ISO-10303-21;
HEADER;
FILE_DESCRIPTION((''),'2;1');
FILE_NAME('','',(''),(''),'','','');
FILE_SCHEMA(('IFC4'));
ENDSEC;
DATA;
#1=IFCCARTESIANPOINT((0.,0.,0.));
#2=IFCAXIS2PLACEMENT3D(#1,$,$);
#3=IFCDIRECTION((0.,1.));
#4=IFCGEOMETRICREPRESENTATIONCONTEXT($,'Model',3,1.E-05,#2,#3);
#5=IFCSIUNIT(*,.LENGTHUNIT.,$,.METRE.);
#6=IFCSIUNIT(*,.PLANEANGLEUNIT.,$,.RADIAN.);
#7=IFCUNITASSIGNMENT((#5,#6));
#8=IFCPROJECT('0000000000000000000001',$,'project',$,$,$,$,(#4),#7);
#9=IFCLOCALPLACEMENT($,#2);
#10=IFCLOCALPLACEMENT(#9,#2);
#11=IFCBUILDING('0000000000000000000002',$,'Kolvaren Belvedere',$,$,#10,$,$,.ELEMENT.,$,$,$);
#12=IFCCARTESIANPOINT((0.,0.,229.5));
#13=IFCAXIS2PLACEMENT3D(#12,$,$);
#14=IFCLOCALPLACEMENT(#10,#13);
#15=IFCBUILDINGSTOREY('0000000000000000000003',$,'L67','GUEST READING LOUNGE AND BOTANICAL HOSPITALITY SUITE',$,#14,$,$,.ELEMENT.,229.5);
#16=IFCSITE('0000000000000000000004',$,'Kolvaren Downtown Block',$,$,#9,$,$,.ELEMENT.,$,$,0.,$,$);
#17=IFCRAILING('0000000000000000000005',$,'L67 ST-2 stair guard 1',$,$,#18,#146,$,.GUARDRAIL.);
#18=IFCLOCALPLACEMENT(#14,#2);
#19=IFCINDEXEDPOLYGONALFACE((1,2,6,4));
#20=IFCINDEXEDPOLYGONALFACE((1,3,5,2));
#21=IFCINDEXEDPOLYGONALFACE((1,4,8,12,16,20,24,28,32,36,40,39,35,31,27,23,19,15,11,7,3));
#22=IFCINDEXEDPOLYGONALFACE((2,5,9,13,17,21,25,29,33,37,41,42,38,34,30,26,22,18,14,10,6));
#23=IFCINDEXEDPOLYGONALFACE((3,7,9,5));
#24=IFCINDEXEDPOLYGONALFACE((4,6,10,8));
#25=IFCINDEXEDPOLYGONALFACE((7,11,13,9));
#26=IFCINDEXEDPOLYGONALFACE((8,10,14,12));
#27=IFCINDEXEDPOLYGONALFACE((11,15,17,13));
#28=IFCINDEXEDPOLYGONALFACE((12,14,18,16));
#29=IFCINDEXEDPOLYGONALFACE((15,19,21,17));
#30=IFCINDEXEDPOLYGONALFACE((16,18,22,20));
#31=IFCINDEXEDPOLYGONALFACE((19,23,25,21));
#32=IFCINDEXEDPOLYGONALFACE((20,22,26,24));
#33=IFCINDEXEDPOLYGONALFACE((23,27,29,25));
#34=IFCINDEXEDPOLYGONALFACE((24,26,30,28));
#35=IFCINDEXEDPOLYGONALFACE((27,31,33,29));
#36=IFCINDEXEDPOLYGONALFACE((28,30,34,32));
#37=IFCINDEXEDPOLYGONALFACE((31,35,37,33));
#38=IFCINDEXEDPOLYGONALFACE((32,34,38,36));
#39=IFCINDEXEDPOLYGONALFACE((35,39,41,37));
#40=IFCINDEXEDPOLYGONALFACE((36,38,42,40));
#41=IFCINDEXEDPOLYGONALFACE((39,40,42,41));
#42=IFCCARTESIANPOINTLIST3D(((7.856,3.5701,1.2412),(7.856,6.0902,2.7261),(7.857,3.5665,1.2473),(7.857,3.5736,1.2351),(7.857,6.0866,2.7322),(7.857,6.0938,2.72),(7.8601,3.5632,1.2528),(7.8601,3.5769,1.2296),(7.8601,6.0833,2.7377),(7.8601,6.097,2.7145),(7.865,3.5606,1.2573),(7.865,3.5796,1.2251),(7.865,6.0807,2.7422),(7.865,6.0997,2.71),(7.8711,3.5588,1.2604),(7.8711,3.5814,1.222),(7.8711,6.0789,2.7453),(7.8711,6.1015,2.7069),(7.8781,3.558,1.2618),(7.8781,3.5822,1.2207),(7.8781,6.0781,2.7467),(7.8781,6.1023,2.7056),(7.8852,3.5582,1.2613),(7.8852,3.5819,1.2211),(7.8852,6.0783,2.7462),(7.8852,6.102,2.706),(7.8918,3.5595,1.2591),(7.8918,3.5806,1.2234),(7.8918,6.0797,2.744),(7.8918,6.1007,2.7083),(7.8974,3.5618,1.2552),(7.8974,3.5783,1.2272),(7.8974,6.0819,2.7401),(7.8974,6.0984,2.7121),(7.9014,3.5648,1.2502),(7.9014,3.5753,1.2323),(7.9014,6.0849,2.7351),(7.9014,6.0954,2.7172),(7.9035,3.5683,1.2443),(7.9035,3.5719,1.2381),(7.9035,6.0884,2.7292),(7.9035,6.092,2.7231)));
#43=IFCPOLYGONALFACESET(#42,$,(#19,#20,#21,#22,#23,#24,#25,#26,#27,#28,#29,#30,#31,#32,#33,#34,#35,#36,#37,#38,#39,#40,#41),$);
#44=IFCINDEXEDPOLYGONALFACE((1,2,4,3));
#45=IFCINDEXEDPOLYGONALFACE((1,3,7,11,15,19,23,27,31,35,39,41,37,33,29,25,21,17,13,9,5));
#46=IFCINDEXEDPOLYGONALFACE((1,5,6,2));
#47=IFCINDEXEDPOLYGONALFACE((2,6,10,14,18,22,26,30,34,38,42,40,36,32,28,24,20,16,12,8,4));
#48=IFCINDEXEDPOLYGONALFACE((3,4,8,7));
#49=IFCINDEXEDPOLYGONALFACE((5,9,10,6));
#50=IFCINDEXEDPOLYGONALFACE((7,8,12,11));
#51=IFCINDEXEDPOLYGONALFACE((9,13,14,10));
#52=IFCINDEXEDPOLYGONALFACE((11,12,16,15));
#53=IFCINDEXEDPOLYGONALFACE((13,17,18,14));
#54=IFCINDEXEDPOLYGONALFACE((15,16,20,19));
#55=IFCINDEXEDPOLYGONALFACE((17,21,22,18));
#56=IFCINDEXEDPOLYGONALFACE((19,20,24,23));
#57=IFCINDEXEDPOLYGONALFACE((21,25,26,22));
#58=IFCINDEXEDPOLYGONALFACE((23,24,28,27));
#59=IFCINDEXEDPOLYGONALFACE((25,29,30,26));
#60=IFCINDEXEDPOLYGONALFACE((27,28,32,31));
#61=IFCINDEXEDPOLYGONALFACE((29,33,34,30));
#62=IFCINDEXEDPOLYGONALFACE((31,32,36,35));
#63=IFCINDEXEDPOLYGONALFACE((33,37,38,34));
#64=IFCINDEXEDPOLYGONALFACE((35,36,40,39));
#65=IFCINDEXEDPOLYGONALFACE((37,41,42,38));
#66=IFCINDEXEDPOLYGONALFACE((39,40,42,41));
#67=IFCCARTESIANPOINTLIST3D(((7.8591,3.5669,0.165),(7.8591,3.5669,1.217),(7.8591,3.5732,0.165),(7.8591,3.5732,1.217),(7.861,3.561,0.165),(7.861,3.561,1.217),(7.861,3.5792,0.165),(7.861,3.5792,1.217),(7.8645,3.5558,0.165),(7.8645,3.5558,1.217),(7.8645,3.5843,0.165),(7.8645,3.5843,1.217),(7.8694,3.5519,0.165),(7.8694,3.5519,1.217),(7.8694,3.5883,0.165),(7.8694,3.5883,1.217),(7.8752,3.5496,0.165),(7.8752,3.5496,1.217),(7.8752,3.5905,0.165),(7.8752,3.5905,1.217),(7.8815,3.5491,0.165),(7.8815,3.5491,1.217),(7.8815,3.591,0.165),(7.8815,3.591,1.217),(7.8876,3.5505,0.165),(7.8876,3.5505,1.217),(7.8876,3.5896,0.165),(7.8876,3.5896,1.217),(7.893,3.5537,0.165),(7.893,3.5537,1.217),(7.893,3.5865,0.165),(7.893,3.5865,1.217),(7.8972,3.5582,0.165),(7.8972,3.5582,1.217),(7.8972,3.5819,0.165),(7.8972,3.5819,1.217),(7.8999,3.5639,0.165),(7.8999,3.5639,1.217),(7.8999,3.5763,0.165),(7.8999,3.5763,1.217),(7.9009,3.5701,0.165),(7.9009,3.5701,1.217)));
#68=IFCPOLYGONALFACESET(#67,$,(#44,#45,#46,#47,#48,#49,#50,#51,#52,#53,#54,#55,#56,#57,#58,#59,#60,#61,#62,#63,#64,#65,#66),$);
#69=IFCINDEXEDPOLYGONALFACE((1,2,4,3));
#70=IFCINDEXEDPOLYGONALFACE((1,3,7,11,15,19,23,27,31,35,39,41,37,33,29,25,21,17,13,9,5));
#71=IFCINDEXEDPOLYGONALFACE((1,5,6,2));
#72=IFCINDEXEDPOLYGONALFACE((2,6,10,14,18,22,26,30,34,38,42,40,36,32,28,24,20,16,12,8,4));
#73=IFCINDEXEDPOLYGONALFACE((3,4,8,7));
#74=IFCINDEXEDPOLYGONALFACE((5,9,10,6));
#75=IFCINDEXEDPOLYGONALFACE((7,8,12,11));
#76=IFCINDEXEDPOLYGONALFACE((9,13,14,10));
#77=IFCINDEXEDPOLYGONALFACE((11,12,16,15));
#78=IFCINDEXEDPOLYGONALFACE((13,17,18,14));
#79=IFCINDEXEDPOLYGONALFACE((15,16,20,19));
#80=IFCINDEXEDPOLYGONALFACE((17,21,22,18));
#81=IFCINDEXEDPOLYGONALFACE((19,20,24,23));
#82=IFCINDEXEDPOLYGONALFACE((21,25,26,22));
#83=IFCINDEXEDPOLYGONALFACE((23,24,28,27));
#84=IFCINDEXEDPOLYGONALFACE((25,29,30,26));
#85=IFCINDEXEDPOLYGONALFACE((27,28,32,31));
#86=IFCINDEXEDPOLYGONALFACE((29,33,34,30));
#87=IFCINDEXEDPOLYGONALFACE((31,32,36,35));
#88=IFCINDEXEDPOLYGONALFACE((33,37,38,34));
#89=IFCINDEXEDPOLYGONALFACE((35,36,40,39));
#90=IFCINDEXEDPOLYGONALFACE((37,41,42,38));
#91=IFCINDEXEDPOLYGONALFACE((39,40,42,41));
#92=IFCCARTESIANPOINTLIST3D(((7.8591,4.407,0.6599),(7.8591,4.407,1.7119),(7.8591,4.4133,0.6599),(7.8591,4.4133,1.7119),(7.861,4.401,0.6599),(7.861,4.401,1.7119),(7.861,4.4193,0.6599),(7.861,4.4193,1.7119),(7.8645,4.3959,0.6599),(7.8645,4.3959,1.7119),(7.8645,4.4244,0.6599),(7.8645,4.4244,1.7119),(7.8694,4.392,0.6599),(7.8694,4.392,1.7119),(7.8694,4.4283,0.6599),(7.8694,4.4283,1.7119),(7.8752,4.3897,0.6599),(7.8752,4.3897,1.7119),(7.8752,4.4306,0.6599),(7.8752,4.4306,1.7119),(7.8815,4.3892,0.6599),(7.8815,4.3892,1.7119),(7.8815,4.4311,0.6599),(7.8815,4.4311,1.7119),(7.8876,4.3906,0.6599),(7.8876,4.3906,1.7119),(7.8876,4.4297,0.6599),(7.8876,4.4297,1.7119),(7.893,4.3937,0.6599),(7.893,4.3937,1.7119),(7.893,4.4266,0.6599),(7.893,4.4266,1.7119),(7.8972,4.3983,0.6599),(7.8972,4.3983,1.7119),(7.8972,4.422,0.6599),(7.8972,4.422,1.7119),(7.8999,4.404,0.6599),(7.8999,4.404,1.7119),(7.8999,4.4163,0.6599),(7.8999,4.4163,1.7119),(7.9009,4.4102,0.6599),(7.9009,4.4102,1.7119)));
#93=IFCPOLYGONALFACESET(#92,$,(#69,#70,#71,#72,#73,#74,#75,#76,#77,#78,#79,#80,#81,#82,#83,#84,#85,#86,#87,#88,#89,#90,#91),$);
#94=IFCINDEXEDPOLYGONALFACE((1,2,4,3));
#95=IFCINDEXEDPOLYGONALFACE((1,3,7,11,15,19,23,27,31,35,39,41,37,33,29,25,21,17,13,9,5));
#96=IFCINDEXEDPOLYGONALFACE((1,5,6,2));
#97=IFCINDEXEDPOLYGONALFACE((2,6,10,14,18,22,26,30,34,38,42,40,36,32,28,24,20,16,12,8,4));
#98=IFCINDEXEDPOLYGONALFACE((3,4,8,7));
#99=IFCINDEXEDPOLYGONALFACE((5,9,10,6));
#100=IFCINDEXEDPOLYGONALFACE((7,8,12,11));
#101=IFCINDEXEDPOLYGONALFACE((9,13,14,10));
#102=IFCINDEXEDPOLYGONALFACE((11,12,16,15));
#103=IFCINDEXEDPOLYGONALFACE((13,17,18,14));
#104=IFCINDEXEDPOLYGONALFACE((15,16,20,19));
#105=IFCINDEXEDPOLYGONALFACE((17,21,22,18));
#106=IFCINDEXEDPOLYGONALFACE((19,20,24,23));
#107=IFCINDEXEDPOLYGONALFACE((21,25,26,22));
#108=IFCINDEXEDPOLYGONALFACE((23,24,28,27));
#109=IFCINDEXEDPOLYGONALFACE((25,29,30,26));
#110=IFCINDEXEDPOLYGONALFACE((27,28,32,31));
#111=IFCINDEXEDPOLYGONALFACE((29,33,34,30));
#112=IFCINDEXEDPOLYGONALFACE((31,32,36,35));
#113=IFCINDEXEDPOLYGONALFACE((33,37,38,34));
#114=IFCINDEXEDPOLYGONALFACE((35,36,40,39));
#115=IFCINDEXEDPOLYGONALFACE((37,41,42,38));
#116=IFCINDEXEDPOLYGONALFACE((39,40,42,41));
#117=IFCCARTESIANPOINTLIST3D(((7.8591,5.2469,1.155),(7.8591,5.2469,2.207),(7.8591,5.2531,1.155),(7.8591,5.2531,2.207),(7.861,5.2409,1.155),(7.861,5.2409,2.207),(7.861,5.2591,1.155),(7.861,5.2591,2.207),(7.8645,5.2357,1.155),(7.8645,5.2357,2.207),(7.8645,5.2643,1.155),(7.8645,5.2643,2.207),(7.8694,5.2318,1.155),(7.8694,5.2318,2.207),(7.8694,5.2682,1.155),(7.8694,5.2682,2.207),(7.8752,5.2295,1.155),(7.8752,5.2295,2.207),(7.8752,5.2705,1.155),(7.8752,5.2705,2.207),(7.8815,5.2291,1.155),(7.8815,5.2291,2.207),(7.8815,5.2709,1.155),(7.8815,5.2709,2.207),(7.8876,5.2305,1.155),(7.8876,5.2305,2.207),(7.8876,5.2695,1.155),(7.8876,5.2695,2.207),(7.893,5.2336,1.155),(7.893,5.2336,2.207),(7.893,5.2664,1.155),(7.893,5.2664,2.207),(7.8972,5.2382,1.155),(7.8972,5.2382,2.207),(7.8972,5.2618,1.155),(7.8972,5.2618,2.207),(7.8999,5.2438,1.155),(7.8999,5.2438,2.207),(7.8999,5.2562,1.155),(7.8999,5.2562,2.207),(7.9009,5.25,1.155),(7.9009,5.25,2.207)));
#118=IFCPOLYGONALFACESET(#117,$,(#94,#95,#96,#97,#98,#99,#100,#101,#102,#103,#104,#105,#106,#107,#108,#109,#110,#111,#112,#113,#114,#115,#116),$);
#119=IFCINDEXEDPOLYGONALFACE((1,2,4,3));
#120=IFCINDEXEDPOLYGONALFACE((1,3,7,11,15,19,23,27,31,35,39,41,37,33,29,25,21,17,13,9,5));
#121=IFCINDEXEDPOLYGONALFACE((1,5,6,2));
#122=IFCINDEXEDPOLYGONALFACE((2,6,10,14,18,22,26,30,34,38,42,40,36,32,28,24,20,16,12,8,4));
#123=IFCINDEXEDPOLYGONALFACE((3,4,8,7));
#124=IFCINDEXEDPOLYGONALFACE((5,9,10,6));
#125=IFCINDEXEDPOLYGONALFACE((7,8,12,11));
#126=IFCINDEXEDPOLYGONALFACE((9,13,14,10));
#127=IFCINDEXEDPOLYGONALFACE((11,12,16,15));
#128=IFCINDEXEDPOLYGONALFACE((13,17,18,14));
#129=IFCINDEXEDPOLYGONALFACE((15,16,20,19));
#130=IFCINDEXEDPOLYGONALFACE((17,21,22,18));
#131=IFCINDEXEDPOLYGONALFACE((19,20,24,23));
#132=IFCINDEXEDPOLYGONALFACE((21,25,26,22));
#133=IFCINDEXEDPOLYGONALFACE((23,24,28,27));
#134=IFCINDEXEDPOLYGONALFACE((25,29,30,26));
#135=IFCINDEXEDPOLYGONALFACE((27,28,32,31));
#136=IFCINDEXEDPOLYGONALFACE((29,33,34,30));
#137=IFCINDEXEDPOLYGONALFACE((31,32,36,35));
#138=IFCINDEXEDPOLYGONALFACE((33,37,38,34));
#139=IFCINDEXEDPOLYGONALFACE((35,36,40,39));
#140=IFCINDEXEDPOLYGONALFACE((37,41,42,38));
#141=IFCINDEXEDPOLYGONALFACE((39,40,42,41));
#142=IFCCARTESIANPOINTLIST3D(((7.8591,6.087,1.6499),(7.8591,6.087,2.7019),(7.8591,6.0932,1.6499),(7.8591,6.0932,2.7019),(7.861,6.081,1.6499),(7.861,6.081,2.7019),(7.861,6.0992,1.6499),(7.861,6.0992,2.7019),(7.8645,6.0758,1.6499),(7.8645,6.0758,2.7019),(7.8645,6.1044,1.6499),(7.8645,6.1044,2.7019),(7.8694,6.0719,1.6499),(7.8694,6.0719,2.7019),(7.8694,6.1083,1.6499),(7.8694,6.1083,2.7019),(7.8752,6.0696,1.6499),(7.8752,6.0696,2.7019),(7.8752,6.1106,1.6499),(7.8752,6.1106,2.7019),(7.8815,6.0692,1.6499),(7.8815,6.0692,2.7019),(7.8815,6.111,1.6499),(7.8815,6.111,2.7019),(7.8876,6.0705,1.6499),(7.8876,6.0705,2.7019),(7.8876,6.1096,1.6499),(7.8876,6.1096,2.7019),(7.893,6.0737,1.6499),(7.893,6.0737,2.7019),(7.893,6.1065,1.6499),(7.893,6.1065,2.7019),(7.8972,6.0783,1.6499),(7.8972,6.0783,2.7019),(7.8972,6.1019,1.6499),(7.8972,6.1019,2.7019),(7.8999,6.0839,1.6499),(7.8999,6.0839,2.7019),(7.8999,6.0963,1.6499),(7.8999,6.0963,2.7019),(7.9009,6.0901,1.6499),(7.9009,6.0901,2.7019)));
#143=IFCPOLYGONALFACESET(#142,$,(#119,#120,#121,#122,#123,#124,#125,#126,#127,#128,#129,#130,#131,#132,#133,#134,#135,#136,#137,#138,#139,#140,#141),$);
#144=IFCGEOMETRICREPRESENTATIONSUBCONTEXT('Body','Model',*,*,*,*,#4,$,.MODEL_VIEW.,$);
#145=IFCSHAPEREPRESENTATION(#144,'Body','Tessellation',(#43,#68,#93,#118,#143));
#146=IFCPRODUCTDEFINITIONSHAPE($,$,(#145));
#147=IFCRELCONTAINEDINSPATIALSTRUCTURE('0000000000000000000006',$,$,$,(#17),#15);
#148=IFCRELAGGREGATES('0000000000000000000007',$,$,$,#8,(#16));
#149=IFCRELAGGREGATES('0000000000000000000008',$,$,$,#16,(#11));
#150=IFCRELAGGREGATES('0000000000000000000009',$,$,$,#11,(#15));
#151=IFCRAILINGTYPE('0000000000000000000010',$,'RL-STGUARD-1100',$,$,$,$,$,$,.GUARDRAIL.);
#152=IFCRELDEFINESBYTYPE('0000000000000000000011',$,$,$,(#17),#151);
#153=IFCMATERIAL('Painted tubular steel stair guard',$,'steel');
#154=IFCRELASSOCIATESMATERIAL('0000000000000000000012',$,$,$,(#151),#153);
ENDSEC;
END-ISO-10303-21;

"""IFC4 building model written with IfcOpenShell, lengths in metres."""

from ifc_helpers import new_model, si_unit, direction, frame, origin, origin_2d, place, context, subcontext, project, spatial, circle, extrude, material, type_object, element, save


model = new_model("IFC4")

# Units and contexts
model_context = context("Model", 3, precision=1e-05, world=origin(), true_north=direction((0.0, 1.0)))
body_context = subcontext(model_context, "Body", "Model", "MODEL_VIEW")
ifc_project = project(units=[si_unit("LENGTHUNIT", "METRE"), si_unit("PLANEANGLEUNIT", "RADIAN")], contexts=[model_context])

# Site, building, storey
site_placement = place(None, origin())
site = spatial("IfcSite", under=ifc_project, at=site_placement, Name="Kolvaren Downtown Block", CompositionType="ELEMENT", RefElevation=0.0)
building_placement = place(site_placement, origin())
building = spatial("IfcBuilding", under=site, at=building_placement, Name="Kolvaren Belvedere", CompositionType="ELEMENT")
storey_placement = place(building_placement, frame((0.0, 0.0, 229.5)))
storey = spatial("IfcBuildingStorey", under=building, at=storey_placement, Name="L67", Description="GUEST READING LOUNGE AND BOTANICAL HOSPITALITY SUITE", CompositionType="ELEMENT", Elevation=229.5)

# Railing
ifc_material_1 = material(Name="Painted tubular steel stair guard", Category="steel")
railing_type_1 = type_object("IfcRailingType", Name="RL-STGUARD-1100", PredefinedType="GUARDRAIL", material=ifc_material_1)
railing_1_placement = place(storey_placement, frame((7.8799, 3.5701, 0.165)))
element("IfcRailing", 1, at=railing_1_placement, inside=storey, type_object=railing_type_1, Name="L67 ST-2 stair guard 1", PredefinedType="GUARDRAIL", context=body_context, shape_type="SweptSolid", body=[
    extrude(circle(Radius=0.0239, at=origin_2d()), frame((0.0, 0.0, 1.0762), z_axis=(0.0, 0.861561, 0.507655), x_axis=(-1.0, 0.0, 0.0)), (0.0, 0.0, 1.0), 2.925),
    extrude(circle(Radius=0.021, at=origin_2d()), origin(), (0.0, 0.0, 1.0), 1.052),
    extrude(circle(Radius=0.021, at=origin_2d()), frame((0.0, 0.8401, 0.4949)), (0.0, 0.0, 1.0), 1.052),
    extrude(circle(Radius=0.021, at=origin_2d()), frame((0.0, 1.6799, 0.99)), (0.0, 0.0, 1.0), 1.052),
    extrude(circle(Radius=0.021, at=origin_2d()), frame((0.0, 2.52, 1.4849)), (0.0, 0.0, 1.0), 1.052),
])

save(model, "model.ifc")
